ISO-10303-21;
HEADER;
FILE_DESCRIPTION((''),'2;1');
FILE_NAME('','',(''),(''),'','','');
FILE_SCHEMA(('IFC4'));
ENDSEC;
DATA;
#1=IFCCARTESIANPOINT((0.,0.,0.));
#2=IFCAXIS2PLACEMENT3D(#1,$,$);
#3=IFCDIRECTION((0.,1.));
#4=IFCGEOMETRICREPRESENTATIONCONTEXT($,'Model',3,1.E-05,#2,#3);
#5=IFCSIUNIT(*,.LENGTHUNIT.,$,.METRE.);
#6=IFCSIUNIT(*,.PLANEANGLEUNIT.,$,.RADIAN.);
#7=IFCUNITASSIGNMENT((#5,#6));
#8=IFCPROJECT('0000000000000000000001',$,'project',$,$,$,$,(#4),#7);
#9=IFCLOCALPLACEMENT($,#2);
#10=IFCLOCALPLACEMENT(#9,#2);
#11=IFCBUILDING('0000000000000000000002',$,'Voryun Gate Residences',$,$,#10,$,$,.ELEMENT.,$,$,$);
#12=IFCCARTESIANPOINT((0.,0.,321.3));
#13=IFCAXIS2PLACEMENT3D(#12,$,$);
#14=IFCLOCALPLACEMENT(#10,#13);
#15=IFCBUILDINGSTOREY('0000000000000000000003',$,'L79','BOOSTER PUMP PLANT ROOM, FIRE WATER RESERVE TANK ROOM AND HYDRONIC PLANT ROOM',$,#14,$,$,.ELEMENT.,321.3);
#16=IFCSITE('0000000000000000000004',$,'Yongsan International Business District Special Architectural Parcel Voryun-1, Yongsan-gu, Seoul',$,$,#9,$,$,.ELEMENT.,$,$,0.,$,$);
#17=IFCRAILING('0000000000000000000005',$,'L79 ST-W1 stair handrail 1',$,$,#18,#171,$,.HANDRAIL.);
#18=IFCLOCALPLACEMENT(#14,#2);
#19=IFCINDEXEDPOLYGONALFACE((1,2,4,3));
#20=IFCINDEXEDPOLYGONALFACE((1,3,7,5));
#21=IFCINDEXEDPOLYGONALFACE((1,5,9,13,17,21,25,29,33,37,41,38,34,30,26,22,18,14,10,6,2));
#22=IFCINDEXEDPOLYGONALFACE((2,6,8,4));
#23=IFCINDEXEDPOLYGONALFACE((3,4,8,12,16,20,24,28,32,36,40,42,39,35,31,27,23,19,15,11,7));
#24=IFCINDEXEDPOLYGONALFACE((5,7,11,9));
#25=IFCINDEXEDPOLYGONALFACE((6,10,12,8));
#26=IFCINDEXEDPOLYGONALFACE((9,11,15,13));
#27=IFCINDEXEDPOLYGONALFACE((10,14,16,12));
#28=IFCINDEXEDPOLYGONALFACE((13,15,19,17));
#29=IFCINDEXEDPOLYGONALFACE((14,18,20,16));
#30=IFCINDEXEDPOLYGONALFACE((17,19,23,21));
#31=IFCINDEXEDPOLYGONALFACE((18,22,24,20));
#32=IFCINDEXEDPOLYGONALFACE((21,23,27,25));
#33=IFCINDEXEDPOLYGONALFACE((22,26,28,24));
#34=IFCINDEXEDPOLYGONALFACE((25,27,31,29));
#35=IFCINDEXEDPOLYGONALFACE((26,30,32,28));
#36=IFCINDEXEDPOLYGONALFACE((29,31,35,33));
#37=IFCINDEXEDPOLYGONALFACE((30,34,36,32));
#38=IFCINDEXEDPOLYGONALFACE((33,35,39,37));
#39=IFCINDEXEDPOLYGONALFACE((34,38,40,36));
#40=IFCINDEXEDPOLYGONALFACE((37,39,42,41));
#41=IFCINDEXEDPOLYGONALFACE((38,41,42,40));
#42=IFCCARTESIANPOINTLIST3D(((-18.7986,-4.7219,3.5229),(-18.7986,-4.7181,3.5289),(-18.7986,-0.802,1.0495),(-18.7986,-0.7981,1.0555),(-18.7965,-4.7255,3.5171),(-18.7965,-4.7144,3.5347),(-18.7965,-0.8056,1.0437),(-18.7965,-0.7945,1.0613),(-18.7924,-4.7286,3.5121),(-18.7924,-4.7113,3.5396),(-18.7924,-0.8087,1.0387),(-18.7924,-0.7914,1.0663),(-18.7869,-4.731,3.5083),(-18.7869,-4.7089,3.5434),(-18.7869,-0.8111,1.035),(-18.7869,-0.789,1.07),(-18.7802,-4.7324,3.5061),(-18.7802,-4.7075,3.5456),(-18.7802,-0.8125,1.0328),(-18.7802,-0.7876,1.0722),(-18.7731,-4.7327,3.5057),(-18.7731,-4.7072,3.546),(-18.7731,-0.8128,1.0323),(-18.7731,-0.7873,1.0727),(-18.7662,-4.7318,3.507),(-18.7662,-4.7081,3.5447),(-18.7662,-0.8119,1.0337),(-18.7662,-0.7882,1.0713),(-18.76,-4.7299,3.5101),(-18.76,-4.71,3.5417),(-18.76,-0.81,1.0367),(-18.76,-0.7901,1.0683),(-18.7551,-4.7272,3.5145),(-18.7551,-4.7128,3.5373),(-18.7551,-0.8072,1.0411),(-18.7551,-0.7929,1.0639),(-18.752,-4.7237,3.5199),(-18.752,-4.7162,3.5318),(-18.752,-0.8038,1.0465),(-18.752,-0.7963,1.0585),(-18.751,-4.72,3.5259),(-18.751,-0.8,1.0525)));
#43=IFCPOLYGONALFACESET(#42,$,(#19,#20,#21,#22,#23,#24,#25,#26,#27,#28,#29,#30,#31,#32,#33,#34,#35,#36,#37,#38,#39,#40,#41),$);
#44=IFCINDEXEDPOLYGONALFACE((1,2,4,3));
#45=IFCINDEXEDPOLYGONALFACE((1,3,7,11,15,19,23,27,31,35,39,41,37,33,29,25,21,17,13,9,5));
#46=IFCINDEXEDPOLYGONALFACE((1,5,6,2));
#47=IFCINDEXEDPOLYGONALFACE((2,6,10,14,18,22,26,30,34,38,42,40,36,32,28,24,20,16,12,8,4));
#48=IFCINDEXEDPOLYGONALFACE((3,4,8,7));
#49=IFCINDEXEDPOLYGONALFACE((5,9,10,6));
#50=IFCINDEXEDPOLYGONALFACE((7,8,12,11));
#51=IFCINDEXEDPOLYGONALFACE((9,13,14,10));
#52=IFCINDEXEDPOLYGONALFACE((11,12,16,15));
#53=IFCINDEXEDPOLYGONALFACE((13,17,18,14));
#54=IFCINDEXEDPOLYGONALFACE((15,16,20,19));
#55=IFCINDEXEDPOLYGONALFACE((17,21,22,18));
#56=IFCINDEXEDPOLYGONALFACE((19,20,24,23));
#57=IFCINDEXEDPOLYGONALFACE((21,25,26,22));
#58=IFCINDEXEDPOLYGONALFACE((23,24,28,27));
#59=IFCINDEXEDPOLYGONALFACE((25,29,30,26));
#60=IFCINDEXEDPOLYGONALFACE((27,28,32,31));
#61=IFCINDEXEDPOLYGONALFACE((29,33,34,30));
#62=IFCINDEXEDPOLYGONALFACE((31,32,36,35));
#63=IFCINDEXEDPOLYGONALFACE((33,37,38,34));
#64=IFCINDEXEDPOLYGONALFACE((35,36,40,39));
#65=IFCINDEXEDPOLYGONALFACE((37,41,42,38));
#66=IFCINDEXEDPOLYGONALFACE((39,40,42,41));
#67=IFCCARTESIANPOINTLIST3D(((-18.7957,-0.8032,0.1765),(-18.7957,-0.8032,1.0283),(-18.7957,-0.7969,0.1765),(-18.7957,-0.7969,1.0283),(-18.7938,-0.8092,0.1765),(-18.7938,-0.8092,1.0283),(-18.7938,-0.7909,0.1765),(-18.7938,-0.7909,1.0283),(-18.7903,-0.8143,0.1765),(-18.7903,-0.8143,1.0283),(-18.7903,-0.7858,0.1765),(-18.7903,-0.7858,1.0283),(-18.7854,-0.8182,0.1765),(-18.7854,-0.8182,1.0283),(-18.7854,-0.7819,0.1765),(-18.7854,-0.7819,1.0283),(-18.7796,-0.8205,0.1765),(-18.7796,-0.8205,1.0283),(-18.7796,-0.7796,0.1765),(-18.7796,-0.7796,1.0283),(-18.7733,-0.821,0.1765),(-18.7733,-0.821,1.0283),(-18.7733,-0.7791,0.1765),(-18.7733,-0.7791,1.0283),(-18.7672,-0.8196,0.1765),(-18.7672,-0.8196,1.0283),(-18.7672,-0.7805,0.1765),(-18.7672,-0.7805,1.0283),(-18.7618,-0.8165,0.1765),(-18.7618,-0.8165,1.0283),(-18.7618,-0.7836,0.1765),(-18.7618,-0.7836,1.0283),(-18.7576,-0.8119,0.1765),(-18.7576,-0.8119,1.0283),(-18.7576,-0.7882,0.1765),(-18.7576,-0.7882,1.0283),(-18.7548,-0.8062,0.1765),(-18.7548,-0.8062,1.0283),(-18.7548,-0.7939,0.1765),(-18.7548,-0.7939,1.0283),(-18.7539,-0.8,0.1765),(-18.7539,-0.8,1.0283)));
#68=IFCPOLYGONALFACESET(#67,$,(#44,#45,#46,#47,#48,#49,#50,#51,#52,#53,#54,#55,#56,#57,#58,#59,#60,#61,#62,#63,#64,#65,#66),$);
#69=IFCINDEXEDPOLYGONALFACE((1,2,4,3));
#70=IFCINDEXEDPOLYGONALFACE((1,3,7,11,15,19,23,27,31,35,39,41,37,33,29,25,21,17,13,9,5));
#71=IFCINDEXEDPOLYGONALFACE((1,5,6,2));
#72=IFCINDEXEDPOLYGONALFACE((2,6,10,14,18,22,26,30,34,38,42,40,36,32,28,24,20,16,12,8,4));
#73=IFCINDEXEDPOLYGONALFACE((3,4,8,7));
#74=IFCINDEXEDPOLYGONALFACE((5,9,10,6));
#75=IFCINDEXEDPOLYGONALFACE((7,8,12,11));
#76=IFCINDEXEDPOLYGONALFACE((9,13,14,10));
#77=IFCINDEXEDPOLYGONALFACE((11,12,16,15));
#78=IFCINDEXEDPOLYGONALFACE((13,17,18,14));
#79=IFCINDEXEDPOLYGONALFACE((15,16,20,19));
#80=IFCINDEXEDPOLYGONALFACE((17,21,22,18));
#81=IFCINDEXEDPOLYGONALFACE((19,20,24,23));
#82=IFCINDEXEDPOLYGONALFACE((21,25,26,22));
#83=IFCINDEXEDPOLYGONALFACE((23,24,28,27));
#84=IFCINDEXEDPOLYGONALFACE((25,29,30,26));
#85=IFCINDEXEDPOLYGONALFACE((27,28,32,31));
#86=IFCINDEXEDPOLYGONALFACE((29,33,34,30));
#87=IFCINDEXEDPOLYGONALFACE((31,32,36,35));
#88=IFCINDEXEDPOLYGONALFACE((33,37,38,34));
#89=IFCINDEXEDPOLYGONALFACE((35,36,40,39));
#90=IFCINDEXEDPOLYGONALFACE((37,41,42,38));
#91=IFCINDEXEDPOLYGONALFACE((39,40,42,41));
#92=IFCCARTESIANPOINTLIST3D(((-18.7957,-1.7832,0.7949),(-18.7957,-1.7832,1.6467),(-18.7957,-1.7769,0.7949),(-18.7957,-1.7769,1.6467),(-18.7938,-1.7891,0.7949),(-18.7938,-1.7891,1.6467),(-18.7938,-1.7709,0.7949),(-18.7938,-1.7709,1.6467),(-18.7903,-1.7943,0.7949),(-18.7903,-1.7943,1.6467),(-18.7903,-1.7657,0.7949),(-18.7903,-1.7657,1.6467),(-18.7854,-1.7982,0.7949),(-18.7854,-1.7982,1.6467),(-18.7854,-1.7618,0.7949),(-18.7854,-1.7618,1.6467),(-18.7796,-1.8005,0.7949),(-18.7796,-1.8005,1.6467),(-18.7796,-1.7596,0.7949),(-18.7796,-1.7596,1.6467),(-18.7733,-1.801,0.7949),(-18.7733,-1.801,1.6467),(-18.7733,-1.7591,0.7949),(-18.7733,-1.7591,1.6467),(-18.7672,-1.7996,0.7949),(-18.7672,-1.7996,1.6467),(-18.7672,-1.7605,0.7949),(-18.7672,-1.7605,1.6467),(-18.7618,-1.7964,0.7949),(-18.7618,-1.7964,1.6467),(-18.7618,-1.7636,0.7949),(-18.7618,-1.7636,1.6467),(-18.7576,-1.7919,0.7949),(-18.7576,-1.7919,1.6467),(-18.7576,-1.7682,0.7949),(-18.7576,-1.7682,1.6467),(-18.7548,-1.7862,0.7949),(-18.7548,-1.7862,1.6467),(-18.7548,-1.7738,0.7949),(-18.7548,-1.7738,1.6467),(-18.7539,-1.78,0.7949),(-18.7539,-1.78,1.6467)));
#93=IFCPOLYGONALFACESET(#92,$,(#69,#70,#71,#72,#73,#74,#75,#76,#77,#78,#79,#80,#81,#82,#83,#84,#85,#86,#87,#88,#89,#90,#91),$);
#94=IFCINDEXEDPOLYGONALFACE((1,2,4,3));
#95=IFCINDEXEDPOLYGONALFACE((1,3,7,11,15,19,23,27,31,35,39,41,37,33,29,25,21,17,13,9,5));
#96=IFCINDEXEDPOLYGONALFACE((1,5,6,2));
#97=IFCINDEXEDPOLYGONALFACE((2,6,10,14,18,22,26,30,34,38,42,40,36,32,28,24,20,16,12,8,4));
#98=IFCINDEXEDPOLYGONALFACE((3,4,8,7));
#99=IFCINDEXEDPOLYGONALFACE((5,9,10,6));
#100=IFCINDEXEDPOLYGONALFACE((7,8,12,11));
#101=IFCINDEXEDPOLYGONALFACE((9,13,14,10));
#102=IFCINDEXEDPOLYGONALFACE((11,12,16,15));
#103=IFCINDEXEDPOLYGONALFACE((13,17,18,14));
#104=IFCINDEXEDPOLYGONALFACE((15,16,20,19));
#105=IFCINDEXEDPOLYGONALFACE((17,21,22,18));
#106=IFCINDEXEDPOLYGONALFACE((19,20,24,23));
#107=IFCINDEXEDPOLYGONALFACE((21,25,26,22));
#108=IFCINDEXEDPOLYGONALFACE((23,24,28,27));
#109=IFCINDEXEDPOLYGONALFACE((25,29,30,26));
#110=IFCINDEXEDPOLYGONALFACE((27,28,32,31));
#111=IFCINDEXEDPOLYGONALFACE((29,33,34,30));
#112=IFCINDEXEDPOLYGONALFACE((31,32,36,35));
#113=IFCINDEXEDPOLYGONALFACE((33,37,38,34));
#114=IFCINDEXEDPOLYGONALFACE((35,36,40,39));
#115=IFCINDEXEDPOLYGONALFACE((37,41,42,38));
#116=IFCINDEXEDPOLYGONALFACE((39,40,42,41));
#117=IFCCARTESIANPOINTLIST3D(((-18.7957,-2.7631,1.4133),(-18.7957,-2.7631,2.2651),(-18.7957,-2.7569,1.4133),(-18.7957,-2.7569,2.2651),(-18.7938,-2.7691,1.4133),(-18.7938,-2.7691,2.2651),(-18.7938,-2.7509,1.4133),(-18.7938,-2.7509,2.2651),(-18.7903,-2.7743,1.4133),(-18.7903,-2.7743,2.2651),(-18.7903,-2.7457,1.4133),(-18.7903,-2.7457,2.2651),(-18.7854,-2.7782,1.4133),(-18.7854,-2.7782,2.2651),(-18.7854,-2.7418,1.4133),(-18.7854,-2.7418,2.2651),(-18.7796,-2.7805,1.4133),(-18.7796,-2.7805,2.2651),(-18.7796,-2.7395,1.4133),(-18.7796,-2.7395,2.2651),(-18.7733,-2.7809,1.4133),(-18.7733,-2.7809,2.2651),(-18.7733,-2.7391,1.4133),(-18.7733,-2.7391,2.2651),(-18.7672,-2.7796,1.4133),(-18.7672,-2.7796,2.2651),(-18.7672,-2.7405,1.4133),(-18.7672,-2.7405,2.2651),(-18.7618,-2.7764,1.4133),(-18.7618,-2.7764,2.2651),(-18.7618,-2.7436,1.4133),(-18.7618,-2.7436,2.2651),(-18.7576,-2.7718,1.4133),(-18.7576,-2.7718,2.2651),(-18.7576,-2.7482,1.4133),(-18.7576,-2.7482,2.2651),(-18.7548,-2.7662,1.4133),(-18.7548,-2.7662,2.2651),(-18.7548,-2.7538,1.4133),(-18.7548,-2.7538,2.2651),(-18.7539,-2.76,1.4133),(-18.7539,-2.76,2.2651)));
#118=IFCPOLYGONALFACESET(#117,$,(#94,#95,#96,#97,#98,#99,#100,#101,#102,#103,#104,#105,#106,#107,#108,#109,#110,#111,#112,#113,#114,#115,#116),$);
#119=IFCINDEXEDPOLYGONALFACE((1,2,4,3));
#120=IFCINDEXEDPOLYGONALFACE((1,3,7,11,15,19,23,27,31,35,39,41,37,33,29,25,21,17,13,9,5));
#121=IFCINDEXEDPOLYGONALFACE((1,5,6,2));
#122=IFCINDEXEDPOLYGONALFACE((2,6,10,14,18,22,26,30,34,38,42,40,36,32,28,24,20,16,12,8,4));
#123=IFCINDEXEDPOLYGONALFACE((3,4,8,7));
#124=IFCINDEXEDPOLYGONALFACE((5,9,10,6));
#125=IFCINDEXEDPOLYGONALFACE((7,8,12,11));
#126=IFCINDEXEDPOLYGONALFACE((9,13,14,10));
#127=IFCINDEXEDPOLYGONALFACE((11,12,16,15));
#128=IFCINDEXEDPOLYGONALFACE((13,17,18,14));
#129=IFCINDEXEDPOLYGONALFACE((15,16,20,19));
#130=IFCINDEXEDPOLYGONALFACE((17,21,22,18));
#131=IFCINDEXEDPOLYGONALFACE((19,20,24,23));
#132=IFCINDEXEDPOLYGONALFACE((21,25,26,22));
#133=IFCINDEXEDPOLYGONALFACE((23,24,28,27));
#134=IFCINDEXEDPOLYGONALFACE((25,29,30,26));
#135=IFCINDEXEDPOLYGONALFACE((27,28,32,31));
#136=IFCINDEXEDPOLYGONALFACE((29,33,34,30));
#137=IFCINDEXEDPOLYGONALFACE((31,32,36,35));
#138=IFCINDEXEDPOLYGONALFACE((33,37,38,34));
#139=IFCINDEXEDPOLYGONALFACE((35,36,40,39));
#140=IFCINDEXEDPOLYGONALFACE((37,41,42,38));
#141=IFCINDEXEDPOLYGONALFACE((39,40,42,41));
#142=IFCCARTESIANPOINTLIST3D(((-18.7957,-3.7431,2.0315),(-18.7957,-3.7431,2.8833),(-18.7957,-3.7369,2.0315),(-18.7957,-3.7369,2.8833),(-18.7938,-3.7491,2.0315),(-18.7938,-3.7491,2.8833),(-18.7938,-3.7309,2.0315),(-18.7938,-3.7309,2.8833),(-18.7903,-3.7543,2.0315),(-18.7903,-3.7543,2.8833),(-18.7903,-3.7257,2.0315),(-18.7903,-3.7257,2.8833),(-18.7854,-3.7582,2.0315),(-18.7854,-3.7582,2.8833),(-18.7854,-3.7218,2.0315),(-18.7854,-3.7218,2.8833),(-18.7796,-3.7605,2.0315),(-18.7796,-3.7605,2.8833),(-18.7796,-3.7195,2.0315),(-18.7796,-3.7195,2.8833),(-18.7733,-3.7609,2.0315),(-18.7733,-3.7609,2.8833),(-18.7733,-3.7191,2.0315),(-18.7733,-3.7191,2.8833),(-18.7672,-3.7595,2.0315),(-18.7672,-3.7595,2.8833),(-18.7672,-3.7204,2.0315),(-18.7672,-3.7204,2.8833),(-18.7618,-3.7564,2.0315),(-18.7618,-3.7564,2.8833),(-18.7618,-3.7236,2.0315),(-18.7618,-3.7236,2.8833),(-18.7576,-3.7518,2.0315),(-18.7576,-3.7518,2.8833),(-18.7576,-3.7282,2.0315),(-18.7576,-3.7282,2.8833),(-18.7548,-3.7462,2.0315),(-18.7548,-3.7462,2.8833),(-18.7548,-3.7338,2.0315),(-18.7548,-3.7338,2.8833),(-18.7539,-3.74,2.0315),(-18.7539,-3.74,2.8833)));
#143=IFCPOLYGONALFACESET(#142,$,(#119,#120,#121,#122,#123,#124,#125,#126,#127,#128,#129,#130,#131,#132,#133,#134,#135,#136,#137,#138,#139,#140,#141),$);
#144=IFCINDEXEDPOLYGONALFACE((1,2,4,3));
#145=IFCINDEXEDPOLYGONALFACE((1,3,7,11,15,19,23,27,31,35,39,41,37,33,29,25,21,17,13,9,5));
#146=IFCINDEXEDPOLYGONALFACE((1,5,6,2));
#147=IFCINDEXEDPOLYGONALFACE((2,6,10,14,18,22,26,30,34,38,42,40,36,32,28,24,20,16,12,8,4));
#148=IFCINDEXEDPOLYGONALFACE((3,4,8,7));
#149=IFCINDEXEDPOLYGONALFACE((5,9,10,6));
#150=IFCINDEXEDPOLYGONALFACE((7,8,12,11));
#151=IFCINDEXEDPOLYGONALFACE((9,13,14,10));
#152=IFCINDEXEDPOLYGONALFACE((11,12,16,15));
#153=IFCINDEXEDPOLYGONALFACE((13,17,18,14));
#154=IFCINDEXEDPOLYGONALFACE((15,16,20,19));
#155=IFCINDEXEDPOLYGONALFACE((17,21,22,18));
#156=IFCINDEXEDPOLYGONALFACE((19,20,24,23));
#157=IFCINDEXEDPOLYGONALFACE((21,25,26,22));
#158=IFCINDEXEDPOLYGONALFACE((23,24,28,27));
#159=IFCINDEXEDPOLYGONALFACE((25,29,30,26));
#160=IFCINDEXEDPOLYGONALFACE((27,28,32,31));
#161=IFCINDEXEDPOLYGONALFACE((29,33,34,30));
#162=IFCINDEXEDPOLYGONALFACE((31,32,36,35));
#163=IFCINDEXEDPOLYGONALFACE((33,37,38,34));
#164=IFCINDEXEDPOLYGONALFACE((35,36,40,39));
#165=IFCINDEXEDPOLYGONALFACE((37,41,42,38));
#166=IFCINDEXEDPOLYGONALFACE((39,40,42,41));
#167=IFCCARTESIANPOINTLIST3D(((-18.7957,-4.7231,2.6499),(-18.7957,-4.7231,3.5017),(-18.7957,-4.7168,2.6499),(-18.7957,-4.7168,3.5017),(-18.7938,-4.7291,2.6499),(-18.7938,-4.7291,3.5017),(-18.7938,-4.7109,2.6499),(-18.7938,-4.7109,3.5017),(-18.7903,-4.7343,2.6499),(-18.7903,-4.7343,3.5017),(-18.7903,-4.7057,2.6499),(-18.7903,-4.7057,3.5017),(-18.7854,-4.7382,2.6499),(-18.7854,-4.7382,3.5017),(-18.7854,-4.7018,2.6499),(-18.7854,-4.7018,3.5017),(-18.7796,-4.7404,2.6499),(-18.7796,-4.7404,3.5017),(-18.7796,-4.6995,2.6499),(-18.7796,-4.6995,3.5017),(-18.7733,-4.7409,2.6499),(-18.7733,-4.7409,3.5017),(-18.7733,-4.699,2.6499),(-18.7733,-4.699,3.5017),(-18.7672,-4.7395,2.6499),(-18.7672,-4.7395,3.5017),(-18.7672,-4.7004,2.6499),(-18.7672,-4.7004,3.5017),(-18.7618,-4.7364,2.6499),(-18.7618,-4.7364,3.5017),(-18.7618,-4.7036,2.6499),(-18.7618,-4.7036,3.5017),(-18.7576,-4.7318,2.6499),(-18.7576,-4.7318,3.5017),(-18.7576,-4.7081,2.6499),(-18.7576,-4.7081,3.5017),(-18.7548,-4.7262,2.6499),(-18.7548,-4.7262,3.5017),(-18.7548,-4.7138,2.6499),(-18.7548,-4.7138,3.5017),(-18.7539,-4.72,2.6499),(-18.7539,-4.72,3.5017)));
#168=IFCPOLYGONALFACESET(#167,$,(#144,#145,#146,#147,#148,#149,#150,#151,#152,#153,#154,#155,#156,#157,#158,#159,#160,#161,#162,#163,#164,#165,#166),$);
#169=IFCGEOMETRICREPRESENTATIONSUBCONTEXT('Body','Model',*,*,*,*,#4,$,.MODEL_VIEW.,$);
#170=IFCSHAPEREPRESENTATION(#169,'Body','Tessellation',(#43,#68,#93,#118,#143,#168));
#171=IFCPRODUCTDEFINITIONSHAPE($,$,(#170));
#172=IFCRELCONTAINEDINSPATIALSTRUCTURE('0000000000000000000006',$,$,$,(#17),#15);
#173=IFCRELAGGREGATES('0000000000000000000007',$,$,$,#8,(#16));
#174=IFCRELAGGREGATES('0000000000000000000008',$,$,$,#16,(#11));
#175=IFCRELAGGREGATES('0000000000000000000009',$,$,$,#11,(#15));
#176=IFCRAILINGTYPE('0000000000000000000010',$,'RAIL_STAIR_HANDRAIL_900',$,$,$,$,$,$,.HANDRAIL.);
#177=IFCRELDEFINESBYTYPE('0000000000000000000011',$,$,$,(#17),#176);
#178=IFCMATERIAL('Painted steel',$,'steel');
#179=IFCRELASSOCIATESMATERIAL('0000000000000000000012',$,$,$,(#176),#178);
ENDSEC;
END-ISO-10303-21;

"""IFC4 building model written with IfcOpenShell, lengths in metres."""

from ifc_helpers import new_model, si_unit, direction, frame, origin, origin_2d, place, context, subcontext, project, spatial, circle, extrude, material, type_object, element, save


model = new_model("IFC4")

# Units and contexts
model_context = context("Model", 3, precision=1e-05, world=origin(), true_north=direction((0.0, 1.0)))
body_context = subcontext(model_context, "Body", "Model", "MODEL_VIEW")
ifc_project = project(units=[si_unit("LENGTHUNIT", "METRE"), si_unit("PLANEANGLEUNIT", "RADIAN")], contexts=[model_context])

# Site, building, storey
site_placement = place(None, origin())
site = spatial("IfcSite", under=ifc_project, at=site_placement, Name="Yongsan International Business District Special Architectural Parcel Voryun-1, Yongsan-gu, Seoul", CompositionType="ELEMENT", RefElevation=0.0)
building_placement = place(site_placement, origin())
building = spatial("IfcBuilding", under=site, at=building_placement, Name="Voryun Gate Residences", CompositionType="ELEMENT")
storey_placement = place(building_placement, frame((0.0, 0.0, 321.3)))
storey = spatial("IfcBuildingStorey", under=building, at=storey_placement, Name="L79", Description="BOOSTER PUMP PLANT ROOM, FIRE WATER RESERVE TANK ROOM AND HYDRONIC PLANT ROOM", CompositionType="ELEMENT", Elevation=321.3)

# Railing
ifc_material_1 = material(Name="Painted steel", Category="steel")
railing_type_1 = type_object("IfcRailingType", Name="RAIL_STAIR_HANDRAIL_900", PredefinedType="HANDRAIL", material=ifc_material_1)
railing_1_placement = place(storey_placement, frame((-18.7749, -0.8, 0.1765)))
element("IfcRailing", 1, at=railing_1_placement, inside=storey, type_object=railing_type_1, Name="L79 ST-W1 stair handrail 1", PredefinedType="HANDRAIL", context=body_context, shape_type="SweptSolid", body=[
    extrude(circle(Radius=0.0239, at=origin_2d()), frame((0.0, 0.0, 0.876), z_axis=(0.0, -0.845718, 0.53363), x_axis=(1.0, 0.0, 0.0)), (0.0, 0.0, 1.0), 4.635),
    extrude(circle(Radius=0.021, at=origin_2d()), origin(), (0.0, 0.0, 1.0), 0.8518),
    extrude(circle(Radius=0.021, at=origin_2d()), frame((0.0, -0.98, 0.6184)), (0.0, 0.0, 1.0), 0.8518),
    extrude(circle(Radius=0.021, at=origin_2d()), frame((0.0, -1.96, 1.2368)), (0.0, 0.0, 1.0), 0.8518),
    extrude(circle(Radius=0.021, at=origin_2d()), frame((0.0, -2.9399, 1.855)), (0.0, 0.0, 1.0), 0.8518),
    extrude(circle(Radius=0.021, at=origin_2d()), frame((0.0, -3.9199, 2.4734)), (0.0, 0.0, 1.0), 0.8518),
])

save(model, "model.ifc")
